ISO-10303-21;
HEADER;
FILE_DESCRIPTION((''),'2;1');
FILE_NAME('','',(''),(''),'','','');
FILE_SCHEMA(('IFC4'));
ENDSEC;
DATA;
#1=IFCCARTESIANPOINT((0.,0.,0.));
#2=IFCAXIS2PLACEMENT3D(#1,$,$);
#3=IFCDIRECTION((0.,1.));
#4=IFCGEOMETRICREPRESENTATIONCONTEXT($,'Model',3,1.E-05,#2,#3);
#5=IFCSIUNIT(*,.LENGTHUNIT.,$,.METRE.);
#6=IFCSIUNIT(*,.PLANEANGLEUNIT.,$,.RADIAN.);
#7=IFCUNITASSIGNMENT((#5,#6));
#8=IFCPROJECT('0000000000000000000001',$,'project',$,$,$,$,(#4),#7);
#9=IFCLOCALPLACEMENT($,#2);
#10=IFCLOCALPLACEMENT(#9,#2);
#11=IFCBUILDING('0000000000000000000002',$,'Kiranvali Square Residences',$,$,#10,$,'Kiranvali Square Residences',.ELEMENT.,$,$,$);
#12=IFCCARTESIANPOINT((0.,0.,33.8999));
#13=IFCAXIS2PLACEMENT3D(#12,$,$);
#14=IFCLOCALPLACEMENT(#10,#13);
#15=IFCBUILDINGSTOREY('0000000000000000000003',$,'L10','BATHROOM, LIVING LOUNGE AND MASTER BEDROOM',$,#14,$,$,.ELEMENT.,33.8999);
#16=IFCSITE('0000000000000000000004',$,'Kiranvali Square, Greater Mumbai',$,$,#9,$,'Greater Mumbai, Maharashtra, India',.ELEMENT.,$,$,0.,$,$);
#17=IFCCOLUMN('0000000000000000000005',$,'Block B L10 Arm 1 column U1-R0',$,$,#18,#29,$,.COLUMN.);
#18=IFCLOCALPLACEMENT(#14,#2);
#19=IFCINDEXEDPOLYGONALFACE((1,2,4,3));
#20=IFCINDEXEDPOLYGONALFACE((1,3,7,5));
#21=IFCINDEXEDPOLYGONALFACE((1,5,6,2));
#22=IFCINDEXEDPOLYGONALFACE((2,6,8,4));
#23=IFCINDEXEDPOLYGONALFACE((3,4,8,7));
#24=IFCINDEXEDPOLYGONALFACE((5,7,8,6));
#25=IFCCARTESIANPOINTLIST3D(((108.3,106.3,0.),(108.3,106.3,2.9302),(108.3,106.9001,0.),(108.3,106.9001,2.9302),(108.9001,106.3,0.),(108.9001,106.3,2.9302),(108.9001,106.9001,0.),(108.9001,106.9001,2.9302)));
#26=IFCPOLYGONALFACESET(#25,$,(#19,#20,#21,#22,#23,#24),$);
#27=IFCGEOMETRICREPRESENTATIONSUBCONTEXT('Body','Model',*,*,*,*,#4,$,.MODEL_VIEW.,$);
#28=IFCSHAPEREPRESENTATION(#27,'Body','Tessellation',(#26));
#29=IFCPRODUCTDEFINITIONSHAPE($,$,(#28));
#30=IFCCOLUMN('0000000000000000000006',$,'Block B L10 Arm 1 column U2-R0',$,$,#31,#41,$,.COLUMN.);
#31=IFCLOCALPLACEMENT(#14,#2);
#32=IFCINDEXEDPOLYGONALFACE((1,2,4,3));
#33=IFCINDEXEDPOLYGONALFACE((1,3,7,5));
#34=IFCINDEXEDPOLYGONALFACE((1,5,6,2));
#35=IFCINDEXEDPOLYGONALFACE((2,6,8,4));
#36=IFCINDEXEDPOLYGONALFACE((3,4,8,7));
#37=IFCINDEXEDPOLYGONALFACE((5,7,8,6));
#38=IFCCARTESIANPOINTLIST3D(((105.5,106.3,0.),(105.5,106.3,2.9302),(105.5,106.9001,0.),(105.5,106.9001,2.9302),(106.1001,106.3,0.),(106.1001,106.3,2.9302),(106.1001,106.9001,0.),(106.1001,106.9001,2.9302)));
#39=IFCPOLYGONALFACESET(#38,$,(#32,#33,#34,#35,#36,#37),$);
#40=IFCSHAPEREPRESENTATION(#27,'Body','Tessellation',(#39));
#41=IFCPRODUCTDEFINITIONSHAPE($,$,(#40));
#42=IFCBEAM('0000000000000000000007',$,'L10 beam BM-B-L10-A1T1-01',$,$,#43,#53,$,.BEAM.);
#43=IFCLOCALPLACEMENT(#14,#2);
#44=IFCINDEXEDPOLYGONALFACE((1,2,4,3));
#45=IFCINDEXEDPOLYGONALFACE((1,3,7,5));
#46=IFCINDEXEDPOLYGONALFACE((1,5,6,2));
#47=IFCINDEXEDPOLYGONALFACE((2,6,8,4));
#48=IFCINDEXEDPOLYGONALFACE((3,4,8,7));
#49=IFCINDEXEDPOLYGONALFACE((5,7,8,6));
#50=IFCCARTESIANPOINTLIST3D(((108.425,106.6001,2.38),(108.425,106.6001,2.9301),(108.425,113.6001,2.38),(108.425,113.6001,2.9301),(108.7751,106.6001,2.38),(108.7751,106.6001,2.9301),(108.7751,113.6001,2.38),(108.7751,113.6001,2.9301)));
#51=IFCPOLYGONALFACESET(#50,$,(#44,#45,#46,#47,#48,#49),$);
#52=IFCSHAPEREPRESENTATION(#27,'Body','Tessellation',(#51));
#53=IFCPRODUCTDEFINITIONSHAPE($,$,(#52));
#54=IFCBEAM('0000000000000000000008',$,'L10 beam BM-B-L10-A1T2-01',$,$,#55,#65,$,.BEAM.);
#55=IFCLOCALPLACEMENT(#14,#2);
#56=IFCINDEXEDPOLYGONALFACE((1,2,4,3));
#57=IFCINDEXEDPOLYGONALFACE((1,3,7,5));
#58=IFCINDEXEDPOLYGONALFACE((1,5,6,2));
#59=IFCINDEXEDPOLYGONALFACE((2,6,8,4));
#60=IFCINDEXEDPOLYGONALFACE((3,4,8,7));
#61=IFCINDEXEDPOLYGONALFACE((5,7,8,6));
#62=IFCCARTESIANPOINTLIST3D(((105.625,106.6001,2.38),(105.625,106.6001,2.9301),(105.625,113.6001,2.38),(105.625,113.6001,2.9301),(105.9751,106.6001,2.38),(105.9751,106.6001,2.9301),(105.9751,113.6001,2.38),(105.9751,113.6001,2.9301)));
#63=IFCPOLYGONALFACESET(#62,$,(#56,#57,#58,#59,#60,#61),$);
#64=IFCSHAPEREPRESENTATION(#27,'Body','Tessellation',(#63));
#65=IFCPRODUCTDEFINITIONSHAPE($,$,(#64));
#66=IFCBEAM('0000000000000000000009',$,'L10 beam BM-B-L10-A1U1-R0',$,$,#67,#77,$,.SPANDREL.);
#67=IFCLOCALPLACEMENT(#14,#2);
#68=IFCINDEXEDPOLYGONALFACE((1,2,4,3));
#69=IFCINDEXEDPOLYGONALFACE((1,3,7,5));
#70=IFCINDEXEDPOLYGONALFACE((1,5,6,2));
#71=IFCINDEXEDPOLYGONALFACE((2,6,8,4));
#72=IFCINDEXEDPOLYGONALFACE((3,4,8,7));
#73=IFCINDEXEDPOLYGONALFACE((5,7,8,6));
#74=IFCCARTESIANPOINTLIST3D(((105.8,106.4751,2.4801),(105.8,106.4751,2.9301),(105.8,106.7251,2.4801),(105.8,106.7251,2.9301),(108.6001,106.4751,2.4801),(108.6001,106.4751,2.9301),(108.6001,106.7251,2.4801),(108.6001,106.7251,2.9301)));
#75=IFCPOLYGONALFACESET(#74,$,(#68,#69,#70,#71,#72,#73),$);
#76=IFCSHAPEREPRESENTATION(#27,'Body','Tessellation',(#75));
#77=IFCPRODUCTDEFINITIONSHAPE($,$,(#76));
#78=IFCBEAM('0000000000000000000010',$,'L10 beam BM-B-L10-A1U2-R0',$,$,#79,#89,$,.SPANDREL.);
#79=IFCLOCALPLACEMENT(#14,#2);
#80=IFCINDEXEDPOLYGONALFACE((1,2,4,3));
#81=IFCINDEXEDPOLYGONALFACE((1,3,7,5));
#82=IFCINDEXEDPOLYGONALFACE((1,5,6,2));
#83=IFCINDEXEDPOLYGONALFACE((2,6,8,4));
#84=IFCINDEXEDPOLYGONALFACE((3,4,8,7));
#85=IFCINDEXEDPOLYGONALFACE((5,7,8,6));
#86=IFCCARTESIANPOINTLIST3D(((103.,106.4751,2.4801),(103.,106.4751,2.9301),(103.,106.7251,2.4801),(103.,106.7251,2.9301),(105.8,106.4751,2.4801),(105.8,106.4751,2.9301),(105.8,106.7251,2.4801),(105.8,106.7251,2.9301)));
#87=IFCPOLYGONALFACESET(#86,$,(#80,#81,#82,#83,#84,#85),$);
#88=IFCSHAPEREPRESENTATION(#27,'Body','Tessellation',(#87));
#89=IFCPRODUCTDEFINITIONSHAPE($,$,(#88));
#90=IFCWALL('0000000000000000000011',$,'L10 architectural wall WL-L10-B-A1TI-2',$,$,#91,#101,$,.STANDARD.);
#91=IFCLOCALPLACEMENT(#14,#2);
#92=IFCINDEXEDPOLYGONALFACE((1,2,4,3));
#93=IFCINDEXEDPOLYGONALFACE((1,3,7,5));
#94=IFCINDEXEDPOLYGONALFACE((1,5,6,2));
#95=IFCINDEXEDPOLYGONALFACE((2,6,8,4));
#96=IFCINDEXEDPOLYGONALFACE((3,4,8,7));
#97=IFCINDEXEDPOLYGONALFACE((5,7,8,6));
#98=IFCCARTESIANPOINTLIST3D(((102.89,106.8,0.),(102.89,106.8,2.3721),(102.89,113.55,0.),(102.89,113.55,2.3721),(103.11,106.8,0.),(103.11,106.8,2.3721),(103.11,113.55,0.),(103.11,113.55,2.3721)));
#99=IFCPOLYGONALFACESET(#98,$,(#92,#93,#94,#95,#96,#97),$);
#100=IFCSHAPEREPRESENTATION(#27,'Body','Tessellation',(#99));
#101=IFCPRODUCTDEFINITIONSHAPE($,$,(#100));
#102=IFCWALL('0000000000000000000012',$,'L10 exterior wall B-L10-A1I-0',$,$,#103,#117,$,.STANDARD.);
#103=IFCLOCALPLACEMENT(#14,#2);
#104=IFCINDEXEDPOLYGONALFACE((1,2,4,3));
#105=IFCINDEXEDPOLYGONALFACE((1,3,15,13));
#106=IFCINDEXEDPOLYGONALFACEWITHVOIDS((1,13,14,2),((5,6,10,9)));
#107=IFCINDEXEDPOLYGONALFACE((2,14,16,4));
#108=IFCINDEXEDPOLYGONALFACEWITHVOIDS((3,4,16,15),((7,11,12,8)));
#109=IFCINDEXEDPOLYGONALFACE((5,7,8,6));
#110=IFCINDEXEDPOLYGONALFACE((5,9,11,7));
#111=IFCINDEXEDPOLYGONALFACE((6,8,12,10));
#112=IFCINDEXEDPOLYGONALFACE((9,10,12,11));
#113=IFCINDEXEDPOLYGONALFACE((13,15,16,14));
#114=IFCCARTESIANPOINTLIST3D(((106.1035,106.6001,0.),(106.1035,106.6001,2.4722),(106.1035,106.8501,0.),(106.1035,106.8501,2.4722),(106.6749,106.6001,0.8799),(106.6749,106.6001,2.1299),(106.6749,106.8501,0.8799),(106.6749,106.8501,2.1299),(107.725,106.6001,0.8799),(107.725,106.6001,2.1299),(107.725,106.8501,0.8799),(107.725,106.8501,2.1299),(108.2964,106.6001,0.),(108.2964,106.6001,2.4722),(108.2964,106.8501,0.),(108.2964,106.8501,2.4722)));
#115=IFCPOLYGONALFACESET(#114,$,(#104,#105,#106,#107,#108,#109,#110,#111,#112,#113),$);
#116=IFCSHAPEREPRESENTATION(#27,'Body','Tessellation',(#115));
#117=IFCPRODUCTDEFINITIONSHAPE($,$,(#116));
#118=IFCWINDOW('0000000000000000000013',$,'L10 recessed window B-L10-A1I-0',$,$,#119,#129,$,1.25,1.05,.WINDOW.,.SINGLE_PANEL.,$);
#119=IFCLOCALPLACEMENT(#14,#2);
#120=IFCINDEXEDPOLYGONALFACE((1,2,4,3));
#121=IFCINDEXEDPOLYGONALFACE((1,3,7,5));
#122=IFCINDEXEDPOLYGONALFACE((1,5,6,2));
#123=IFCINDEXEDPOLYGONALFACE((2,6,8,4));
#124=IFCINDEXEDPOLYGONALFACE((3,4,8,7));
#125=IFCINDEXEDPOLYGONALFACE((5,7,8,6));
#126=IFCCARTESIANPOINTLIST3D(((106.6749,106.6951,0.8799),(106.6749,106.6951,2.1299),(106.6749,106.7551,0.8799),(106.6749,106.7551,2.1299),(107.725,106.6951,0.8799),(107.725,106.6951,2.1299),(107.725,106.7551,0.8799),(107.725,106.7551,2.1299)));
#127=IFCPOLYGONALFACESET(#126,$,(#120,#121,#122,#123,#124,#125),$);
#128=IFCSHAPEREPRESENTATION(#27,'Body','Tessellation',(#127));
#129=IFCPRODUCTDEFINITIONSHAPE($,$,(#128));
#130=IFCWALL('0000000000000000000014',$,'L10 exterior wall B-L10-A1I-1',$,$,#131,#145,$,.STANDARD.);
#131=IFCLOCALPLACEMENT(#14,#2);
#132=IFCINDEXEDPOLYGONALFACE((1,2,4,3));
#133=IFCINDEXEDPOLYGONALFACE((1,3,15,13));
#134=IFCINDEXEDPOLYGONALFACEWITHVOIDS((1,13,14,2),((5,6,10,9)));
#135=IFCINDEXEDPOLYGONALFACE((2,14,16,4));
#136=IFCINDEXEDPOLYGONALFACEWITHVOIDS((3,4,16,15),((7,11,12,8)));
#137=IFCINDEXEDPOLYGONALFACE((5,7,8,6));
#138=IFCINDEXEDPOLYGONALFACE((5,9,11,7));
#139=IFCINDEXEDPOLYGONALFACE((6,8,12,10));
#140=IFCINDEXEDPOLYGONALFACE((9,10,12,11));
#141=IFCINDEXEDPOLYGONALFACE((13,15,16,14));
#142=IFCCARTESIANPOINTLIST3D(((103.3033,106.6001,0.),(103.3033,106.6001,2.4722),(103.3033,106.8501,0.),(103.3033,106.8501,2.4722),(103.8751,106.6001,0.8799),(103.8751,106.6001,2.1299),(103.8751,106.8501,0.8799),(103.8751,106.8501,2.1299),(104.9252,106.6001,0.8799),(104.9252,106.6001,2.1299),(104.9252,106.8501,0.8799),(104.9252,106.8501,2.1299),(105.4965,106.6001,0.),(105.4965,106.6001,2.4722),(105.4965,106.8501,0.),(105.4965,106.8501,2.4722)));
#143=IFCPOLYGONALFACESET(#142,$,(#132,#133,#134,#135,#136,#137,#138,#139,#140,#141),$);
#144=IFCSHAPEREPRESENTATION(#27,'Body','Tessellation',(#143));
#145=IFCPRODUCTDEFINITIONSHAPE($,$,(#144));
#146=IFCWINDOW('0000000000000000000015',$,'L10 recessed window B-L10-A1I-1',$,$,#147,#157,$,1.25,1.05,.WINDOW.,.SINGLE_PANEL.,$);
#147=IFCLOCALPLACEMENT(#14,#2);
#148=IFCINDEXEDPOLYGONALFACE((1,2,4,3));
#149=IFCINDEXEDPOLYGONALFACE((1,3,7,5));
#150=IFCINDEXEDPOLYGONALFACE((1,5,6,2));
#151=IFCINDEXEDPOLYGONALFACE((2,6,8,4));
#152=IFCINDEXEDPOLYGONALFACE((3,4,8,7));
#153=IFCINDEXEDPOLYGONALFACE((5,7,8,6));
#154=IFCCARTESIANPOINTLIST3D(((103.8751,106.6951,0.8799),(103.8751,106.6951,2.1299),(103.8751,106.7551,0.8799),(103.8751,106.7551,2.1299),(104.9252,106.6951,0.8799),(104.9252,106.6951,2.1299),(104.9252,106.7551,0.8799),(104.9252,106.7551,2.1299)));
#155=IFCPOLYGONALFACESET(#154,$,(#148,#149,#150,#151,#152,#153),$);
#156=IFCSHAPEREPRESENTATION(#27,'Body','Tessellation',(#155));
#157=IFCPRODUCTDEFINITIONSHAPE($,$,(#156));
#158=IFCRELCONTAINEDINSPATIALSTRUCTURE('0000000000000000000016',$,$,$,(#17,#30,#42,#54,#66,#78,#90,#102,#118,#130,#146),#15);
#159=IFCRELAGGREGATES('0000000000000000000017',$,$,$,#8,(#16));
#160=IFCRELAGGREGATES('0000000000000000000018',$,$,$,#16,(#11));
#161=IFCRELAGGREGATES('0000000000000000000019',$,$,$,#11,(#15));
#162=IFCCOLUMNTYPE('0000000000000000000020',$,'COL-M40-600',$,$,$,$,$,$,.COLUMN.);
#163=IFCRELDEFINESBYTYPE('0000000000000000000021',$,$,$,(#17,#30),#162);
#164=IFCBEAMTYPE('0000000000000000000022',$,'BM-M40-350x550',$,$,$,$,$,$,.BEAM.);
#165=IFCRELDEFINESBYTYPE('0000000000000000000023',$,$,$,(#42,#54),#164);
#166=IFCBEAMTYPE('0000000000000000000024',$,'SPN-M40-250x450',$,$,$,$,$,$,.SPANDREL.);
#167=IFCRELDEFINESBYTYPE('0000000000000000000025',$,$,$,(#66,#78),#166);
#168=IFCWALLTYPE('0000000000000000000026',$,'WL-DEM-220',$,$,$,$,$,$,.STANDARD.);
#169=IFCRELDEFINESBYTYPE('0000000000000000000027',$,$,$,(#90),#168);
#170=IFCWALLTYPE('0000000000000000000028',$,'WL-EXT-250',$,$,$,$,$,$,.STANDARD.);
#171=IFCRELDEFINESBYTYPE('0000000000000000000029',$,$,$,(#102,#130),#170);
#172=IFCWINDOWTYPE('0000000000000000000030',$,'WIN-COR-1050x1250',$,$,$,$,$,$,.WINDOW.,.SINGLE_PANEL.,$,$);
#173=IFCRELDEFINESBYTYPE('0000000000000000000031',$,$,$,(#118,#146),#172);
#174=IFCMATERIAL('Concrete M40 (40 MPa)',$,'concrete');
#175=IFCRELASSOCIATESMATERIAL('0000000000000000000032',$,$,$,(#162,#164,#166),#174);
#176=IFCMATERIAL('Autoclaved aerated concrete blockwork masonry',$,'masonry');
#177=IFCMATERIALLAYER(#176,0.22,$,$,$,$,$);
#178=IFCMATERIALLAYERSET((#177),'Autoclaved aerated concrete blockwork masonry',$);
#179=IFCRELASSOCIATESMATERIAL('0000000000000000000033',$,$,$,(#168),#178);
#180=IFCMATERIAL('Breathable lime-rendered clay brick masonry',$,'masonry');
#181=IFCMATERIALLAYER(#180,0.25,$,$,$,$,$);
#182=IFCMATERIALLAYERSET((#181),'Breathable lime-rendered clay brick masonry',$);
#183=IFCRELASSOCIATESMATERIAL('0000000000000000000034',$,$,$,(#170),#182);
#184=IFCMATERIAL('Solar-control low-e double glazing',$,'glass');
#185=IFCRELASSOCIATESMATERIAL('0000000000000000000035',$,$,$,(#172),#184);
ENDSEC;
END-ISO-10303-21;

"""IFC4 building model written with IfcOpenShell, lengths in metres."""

from ifc_helpers import new_model, si_unit, direction, frame, frame_2d, origin, origin_2d, place, context, subcontext, project, spatial, rectangle, extrude, material, layer, layer_set, material_profile, profile_set, type_object, element, fill, save


model = new_model("IFC4")

# Units and contexts
model_context = context("Model", 3, precision=1e-05, world=origin(), true_north=direction((0.0, 1.0)))
body_context = subcontext(model_context, "Body", "Model", "MODEL_VIEW")
ifc_project = project(units=[si_unit("LENGTHUNIT", "METRE"), si_unit("PLANEANGLEUNIT", "RADIAN")], contexts=[model_context])

# Site, building, storey
site_placement = place(None, origin())
site = spatial("IfcSite", under=ifc_project, at=site_placement, Name="Kiranvali Square, Greater Mumbai", LongName="Greater Mumbai, Maharashtra, India", CompositionType="ELEMENT", RefElevation=0.0)
building_placement = place(site_placement, origin())
building = spatial("IfcBuilding", under=site, at=building_placement, Name="Kiranvali Square Residences", LongName="Kiranvali Square Residences", CompositionType="ELEMENT")
storey_placement = place(building_placement, frame((0.0, 0.0, 33.8999)))
storey = spatial("IfcBuildingStorey", under=building, at=storey_placement, Name="L10", Description="BATHROOM, LIVING LOUNGE AND MASTER BEDROOM", CompositionType="ELEMENT", Elevation=33.8999)

# Columns
ifc_material_1 = material(Name="Concrete M40 (40 MPa)", Category="concrete")
ifc_material_profile_1 = material_profile(ifc_material_1, rectangle(XDim=0.6001, YDim=0.6001, at=origin_2d()), Name="RC 600x600")
ifc_profile_set_1 = profile_set([ifc_material_profile_1], Name="Concrete M40 (40 MPa)")
column_type = type_object("IfcColumnType", Name="COL-M40-600", PredefinedType="COLUMN", material=ifc_profile_set_1)
for number, where, z_axis, x_axis, name in (
    (1, (108.6001, 106.6001, 0.0), (0.0, 0.0, 1.0), (1.0, 0.0, 0.0), "Block B L10 Arm 1 column U1-R0"),
    (2, (105.8, 106.6001, 0.0), (0.0, 0.0, 1.0), (1.0, 0.0, 0.0), "Block B L10 Arm 1 column U2-R0"),
):
    element("IfcColumn", number, at=place(storey_placement, frame(where, z_axis=z_axis, x_axis=x_axis)), inside=storey, type_object=column_type, Name=name, PredefinedType="COLUMN", context=body_context, shape_type="SweptSolid", body=[
        extrude(rectangle(XDim=0.6001, YDim=0.6001, at=origin_2d()), origin(), (0.0, 0.0, 1.0), 2.9302),
    ])

# Beams
ifc_material_profile_2 = material_profile(ifc_material_1, rectangle(XDim=0.3501, YDim=0.55, at=origin_2d()), Name="RC 350x550")
ifc_profile_set_2 = profile_set([ifc_material_profile_2], Name="Concrete M40 (40 MPa)")
beam_type_1 = type_object("IfcBeamType", Name="BM-M40-350x550", PredefinedType="BEAM", material=ifc_profile_set_2)
for number, where, z_axis, x_axis, name in (
    (3, (108.6001, 106.6001, 2.655), (0.0, 1.0, 0.0), (-1.0, 0.0, 0.0), "L10 beam BM-B-L10-A1T1-01"),
    (4, (105.8, 106.6001, 2.655), (0.0, 1.0, 0.0), (-1.0, 0.0, 0.0), "L10 beam BM-B-L10-A1T2-01"),
):
    element("IfcBeam", number, at=place(storey_placement, frame(where, z_axis=z_axis, x_axis=x_axis)), inside=storey, type_object=beam_type_1, Name=name, PredefinedType="BEAM", context=body_context, shape_type="SweptSolid", body=[
        extrude(rectangle(XDim=0.3501, YDim=0.55, at=origin_2d()), origin(), (0.0, 0.0, 1.0), 7.0),
    ])
ifc_material_profile_3 = material_profile(ifc_material_1, rectangle(XDim=0.25, YDim=0.45, at=origin_2d()), Name="RC 250x450")
ifc_profile_set_3 = profile_set([ifc_material_profile_3], Name="Concrete M40 (40 MPa)")
beam_type_2 = type_object("IfcBeamType", Name="SPN-M40-250x450", PredefinedType="SPANDREL", material=ifc_profile_set_3)
for number, where, z_axis, x_axis, name in (
    (5, (108.6001, 106.6001, 2.7051), (-1.0, 0.0, 0.0), (0.0, -1.0, 0.0), "L10 beam BM-B-L10-A1U1-R0"),
    (6, (105.8, 106.6001, 2.7051), (-1.0, 0.0, 0.0), (0.0, -1.0, 0.0), "L10 beam BM-B-L10-A1U2-R0"),
):
    element("IfcBeam", number, at=place(storey_placement, frame(where, z_axis=z_axis, x_axis=x_axis)), inside=storey, type_object=beam_type_2, Name=name, PredefinedType="SPANDREL", context=body_context, shape_type="SweptSolid", body=[
        extrude(rectangle(XDim=0.25, YDim=0.45, at=origin_2d()), origin(), (0.0, 0.0, 1.0), 2.8),
    ])

# Wall
ifc_material_2 = material(Name="Autoclaved aerated concrete blockwork masonry", Category="masonry")
ifc_layer_1 = layer(ifc_material_2, 0.22)
ifc_layer_set_1 = layer_set([ifc_layer_1], Name="Autoclaved aerated concrete blockwork masonry")
wall_type_1 = type_object("IfcWallType", Name="WL-DEM-220", PredefinedType="STANDARD", material=ifc_layer_set_1)
wall_1_placement = place(storey_placement, frame((103.0, 106.8, 0.0), z_axis=(0.0, 0.0, 1.0), x_axis=(0.0, 1.0, 0.0)))
element("IfcWall", 7, at=wall_1_placement, inside=storey, type_object=wall_type_1, Name="L10 architectural wall WL-L10-B-A1TI-2", PredefinedType="STANDARD", context=body_context, shape_type="SweptSolid", body=[
    extrude(rectangle(XDim=6.75, YDim=0.22, at=frame_2d((3.375, 0.0))), origin(), (0.0, 0.0, 1.0), 2.3721),
])

# Walls, openings, windows
ifc_material_3 = material(Name="Breathable lime-rendered clay brick masonry", Category="masonry")
ifc_layer_2 = layer(ifc_material_3, 0.25)
ifc_layer_set_2 = layer_set([ifc_layer_2], Name="Breathable lime-rendered clay brick masonry")
wall_type_2 = type_object("IfcWallType", Name="WL-EXT-250", PredefinedType="STANDARD", material=ifc_layer_set_2)
wall_2_placement = place(storey_placement, frame((108.2964, 106.7251, 0.0), z_axis=(0.0, 0.0, 1.0), x_axis=(-1.0, 0.0, 0.0)))
wall_2 = element("IfcWall", 8, at=wall_2_placement, inside=storey, type_object=wall_type_2, Name="L10 exterior wall B-L10-A1I-0", PredefinedType="STANDARD", context=body_context, shape_type="SweptSolid", body=[
    extrude(rectangle(XDim=2.1929, YDim=0.25, at=frame_2d((1.0964, 0.0))), origin(), (0.0, 0.0, 1.0), 2.4722),
])
opening_1_placement = place(wall_2_placement, frame((0.5715, 0.0, 0.8799)))
opening_1 = element("IfcOpeningElement", 9, at=opening_1_placement, cuts=wall_2, PredefinedType="OPENING", context=body_context, shape_type="SweptSolid", body=[
    extrude(rectangle(XDim=1.05, YDim=1.25, at=frame_2d((0.5249, 0.625))), frame((0.0, 0.135, 0.0), z_axis=(0.0, -1.0, 0.0), x_axis=(1.0, 0.0, 0.0)), (0.0, 0.0, 1.0), 0.27),
])
ifc_material_4 = material(Name="Solar-control low-e double glazing", Category="glass")
window_type = type_object("IfcWindowType", Name="WIN-COR-1050x1250", PartitioningType="SINGLE_PANEL", PredefinedType="WINDOW", material=ifc_material_4)
window_1_placement = place(opening_1_placement, origin())
window_1 = element("IfcWindow", 10, at=window_1_placement, inside=storey, type_object=window_type, Name="L10 recessed window B-L10-A1I-0", OverallHeight=1.25, OverallWidth=1.05, PartitioningType="SINGLE_PANEL", PredefinedType="WINDOW", context=body_context, shape_type="SweptSolid", body=[
    extrude(rectangle(XDim=1.05, YDim=1.25, at=frame_2d((0.5249, 0.625))), frame((0.0, 0.03, 0.0), z_axis=(0.0, -1.0, 0.0), x_axis=(1.0, 0.0, 0.0)), (0.0, 0.0, 1.0), 0.0601),
])
fill(opening_1, window_1)
wall_3_placement = place(storey_placement, frame((105.4966, 106.7251, 0.0), z_axis=(0.0, 0.0, 1.0), x_axis=(-1.0, 0.0, 0.0)))
wall_3 = element("IfcWall", 11, at=wall_3_placement, inside=storey, type_object=wall_type_2, Name="L10 exterior wall B-L10-A1I-1", PredefinedType="STANDARD", context=body_context, shape_type="SweptSolid", body=[
    extrude(rectangle(XDim=2.1931, YDim=0.25, at=frame_2d((1.0967, 0.0))), origin(), (0.0, 0.0, 1.0), 2.4722),
])
opening_2_placement = place(wall_3_placement, frame((0.5715, 0.0, 0.8799)))
opening_2 = element("IfcOpeningElement", 12, at=opening_2_placement, cuts=wall_3, PredefinedType="OPENING", context=body_context, shape_type="SweptSolid", body=[
    extrude(rectangle(XDim=1.05, YDim=1.25, at=frame_2d((0.5249, 0.625))), frame((0.0, 0.135, 0.0), z_axis=(0.0, -1.0, 0.0), x_axis=(1.0, 0.0, 0.0)), (0.0, 0.0, 1.0), 0.27),
])
window_2_placement = place(opening_2_placement, origin())
window_2 = element("IfcWindow", 13, at=window_2_placement, inside=storey, type_object=window_type, Name="L10 recessed window B-L10-A1I-1", OverallHeight=1.25, OverallWidth=1.05, PartitioningType="SINGLE_PANEL", PredefinedType="WINDOW", context=body_context, shape_type="SweptSolid", body=[
    extrude(rectangle(XDim=1.05, YDim=1.25, at=frame_2d((0.5249, 0.625))), frame((0.0, 0.03, 0.0), z_axis=(0.0, -1.0, 0.0), x_axis=(1.0, 0.0, 0.0)), (0.0, 0.0, 1.0), 0.0601),
])
fill(opening_2, window_2)

save(model, "model.ifc")
